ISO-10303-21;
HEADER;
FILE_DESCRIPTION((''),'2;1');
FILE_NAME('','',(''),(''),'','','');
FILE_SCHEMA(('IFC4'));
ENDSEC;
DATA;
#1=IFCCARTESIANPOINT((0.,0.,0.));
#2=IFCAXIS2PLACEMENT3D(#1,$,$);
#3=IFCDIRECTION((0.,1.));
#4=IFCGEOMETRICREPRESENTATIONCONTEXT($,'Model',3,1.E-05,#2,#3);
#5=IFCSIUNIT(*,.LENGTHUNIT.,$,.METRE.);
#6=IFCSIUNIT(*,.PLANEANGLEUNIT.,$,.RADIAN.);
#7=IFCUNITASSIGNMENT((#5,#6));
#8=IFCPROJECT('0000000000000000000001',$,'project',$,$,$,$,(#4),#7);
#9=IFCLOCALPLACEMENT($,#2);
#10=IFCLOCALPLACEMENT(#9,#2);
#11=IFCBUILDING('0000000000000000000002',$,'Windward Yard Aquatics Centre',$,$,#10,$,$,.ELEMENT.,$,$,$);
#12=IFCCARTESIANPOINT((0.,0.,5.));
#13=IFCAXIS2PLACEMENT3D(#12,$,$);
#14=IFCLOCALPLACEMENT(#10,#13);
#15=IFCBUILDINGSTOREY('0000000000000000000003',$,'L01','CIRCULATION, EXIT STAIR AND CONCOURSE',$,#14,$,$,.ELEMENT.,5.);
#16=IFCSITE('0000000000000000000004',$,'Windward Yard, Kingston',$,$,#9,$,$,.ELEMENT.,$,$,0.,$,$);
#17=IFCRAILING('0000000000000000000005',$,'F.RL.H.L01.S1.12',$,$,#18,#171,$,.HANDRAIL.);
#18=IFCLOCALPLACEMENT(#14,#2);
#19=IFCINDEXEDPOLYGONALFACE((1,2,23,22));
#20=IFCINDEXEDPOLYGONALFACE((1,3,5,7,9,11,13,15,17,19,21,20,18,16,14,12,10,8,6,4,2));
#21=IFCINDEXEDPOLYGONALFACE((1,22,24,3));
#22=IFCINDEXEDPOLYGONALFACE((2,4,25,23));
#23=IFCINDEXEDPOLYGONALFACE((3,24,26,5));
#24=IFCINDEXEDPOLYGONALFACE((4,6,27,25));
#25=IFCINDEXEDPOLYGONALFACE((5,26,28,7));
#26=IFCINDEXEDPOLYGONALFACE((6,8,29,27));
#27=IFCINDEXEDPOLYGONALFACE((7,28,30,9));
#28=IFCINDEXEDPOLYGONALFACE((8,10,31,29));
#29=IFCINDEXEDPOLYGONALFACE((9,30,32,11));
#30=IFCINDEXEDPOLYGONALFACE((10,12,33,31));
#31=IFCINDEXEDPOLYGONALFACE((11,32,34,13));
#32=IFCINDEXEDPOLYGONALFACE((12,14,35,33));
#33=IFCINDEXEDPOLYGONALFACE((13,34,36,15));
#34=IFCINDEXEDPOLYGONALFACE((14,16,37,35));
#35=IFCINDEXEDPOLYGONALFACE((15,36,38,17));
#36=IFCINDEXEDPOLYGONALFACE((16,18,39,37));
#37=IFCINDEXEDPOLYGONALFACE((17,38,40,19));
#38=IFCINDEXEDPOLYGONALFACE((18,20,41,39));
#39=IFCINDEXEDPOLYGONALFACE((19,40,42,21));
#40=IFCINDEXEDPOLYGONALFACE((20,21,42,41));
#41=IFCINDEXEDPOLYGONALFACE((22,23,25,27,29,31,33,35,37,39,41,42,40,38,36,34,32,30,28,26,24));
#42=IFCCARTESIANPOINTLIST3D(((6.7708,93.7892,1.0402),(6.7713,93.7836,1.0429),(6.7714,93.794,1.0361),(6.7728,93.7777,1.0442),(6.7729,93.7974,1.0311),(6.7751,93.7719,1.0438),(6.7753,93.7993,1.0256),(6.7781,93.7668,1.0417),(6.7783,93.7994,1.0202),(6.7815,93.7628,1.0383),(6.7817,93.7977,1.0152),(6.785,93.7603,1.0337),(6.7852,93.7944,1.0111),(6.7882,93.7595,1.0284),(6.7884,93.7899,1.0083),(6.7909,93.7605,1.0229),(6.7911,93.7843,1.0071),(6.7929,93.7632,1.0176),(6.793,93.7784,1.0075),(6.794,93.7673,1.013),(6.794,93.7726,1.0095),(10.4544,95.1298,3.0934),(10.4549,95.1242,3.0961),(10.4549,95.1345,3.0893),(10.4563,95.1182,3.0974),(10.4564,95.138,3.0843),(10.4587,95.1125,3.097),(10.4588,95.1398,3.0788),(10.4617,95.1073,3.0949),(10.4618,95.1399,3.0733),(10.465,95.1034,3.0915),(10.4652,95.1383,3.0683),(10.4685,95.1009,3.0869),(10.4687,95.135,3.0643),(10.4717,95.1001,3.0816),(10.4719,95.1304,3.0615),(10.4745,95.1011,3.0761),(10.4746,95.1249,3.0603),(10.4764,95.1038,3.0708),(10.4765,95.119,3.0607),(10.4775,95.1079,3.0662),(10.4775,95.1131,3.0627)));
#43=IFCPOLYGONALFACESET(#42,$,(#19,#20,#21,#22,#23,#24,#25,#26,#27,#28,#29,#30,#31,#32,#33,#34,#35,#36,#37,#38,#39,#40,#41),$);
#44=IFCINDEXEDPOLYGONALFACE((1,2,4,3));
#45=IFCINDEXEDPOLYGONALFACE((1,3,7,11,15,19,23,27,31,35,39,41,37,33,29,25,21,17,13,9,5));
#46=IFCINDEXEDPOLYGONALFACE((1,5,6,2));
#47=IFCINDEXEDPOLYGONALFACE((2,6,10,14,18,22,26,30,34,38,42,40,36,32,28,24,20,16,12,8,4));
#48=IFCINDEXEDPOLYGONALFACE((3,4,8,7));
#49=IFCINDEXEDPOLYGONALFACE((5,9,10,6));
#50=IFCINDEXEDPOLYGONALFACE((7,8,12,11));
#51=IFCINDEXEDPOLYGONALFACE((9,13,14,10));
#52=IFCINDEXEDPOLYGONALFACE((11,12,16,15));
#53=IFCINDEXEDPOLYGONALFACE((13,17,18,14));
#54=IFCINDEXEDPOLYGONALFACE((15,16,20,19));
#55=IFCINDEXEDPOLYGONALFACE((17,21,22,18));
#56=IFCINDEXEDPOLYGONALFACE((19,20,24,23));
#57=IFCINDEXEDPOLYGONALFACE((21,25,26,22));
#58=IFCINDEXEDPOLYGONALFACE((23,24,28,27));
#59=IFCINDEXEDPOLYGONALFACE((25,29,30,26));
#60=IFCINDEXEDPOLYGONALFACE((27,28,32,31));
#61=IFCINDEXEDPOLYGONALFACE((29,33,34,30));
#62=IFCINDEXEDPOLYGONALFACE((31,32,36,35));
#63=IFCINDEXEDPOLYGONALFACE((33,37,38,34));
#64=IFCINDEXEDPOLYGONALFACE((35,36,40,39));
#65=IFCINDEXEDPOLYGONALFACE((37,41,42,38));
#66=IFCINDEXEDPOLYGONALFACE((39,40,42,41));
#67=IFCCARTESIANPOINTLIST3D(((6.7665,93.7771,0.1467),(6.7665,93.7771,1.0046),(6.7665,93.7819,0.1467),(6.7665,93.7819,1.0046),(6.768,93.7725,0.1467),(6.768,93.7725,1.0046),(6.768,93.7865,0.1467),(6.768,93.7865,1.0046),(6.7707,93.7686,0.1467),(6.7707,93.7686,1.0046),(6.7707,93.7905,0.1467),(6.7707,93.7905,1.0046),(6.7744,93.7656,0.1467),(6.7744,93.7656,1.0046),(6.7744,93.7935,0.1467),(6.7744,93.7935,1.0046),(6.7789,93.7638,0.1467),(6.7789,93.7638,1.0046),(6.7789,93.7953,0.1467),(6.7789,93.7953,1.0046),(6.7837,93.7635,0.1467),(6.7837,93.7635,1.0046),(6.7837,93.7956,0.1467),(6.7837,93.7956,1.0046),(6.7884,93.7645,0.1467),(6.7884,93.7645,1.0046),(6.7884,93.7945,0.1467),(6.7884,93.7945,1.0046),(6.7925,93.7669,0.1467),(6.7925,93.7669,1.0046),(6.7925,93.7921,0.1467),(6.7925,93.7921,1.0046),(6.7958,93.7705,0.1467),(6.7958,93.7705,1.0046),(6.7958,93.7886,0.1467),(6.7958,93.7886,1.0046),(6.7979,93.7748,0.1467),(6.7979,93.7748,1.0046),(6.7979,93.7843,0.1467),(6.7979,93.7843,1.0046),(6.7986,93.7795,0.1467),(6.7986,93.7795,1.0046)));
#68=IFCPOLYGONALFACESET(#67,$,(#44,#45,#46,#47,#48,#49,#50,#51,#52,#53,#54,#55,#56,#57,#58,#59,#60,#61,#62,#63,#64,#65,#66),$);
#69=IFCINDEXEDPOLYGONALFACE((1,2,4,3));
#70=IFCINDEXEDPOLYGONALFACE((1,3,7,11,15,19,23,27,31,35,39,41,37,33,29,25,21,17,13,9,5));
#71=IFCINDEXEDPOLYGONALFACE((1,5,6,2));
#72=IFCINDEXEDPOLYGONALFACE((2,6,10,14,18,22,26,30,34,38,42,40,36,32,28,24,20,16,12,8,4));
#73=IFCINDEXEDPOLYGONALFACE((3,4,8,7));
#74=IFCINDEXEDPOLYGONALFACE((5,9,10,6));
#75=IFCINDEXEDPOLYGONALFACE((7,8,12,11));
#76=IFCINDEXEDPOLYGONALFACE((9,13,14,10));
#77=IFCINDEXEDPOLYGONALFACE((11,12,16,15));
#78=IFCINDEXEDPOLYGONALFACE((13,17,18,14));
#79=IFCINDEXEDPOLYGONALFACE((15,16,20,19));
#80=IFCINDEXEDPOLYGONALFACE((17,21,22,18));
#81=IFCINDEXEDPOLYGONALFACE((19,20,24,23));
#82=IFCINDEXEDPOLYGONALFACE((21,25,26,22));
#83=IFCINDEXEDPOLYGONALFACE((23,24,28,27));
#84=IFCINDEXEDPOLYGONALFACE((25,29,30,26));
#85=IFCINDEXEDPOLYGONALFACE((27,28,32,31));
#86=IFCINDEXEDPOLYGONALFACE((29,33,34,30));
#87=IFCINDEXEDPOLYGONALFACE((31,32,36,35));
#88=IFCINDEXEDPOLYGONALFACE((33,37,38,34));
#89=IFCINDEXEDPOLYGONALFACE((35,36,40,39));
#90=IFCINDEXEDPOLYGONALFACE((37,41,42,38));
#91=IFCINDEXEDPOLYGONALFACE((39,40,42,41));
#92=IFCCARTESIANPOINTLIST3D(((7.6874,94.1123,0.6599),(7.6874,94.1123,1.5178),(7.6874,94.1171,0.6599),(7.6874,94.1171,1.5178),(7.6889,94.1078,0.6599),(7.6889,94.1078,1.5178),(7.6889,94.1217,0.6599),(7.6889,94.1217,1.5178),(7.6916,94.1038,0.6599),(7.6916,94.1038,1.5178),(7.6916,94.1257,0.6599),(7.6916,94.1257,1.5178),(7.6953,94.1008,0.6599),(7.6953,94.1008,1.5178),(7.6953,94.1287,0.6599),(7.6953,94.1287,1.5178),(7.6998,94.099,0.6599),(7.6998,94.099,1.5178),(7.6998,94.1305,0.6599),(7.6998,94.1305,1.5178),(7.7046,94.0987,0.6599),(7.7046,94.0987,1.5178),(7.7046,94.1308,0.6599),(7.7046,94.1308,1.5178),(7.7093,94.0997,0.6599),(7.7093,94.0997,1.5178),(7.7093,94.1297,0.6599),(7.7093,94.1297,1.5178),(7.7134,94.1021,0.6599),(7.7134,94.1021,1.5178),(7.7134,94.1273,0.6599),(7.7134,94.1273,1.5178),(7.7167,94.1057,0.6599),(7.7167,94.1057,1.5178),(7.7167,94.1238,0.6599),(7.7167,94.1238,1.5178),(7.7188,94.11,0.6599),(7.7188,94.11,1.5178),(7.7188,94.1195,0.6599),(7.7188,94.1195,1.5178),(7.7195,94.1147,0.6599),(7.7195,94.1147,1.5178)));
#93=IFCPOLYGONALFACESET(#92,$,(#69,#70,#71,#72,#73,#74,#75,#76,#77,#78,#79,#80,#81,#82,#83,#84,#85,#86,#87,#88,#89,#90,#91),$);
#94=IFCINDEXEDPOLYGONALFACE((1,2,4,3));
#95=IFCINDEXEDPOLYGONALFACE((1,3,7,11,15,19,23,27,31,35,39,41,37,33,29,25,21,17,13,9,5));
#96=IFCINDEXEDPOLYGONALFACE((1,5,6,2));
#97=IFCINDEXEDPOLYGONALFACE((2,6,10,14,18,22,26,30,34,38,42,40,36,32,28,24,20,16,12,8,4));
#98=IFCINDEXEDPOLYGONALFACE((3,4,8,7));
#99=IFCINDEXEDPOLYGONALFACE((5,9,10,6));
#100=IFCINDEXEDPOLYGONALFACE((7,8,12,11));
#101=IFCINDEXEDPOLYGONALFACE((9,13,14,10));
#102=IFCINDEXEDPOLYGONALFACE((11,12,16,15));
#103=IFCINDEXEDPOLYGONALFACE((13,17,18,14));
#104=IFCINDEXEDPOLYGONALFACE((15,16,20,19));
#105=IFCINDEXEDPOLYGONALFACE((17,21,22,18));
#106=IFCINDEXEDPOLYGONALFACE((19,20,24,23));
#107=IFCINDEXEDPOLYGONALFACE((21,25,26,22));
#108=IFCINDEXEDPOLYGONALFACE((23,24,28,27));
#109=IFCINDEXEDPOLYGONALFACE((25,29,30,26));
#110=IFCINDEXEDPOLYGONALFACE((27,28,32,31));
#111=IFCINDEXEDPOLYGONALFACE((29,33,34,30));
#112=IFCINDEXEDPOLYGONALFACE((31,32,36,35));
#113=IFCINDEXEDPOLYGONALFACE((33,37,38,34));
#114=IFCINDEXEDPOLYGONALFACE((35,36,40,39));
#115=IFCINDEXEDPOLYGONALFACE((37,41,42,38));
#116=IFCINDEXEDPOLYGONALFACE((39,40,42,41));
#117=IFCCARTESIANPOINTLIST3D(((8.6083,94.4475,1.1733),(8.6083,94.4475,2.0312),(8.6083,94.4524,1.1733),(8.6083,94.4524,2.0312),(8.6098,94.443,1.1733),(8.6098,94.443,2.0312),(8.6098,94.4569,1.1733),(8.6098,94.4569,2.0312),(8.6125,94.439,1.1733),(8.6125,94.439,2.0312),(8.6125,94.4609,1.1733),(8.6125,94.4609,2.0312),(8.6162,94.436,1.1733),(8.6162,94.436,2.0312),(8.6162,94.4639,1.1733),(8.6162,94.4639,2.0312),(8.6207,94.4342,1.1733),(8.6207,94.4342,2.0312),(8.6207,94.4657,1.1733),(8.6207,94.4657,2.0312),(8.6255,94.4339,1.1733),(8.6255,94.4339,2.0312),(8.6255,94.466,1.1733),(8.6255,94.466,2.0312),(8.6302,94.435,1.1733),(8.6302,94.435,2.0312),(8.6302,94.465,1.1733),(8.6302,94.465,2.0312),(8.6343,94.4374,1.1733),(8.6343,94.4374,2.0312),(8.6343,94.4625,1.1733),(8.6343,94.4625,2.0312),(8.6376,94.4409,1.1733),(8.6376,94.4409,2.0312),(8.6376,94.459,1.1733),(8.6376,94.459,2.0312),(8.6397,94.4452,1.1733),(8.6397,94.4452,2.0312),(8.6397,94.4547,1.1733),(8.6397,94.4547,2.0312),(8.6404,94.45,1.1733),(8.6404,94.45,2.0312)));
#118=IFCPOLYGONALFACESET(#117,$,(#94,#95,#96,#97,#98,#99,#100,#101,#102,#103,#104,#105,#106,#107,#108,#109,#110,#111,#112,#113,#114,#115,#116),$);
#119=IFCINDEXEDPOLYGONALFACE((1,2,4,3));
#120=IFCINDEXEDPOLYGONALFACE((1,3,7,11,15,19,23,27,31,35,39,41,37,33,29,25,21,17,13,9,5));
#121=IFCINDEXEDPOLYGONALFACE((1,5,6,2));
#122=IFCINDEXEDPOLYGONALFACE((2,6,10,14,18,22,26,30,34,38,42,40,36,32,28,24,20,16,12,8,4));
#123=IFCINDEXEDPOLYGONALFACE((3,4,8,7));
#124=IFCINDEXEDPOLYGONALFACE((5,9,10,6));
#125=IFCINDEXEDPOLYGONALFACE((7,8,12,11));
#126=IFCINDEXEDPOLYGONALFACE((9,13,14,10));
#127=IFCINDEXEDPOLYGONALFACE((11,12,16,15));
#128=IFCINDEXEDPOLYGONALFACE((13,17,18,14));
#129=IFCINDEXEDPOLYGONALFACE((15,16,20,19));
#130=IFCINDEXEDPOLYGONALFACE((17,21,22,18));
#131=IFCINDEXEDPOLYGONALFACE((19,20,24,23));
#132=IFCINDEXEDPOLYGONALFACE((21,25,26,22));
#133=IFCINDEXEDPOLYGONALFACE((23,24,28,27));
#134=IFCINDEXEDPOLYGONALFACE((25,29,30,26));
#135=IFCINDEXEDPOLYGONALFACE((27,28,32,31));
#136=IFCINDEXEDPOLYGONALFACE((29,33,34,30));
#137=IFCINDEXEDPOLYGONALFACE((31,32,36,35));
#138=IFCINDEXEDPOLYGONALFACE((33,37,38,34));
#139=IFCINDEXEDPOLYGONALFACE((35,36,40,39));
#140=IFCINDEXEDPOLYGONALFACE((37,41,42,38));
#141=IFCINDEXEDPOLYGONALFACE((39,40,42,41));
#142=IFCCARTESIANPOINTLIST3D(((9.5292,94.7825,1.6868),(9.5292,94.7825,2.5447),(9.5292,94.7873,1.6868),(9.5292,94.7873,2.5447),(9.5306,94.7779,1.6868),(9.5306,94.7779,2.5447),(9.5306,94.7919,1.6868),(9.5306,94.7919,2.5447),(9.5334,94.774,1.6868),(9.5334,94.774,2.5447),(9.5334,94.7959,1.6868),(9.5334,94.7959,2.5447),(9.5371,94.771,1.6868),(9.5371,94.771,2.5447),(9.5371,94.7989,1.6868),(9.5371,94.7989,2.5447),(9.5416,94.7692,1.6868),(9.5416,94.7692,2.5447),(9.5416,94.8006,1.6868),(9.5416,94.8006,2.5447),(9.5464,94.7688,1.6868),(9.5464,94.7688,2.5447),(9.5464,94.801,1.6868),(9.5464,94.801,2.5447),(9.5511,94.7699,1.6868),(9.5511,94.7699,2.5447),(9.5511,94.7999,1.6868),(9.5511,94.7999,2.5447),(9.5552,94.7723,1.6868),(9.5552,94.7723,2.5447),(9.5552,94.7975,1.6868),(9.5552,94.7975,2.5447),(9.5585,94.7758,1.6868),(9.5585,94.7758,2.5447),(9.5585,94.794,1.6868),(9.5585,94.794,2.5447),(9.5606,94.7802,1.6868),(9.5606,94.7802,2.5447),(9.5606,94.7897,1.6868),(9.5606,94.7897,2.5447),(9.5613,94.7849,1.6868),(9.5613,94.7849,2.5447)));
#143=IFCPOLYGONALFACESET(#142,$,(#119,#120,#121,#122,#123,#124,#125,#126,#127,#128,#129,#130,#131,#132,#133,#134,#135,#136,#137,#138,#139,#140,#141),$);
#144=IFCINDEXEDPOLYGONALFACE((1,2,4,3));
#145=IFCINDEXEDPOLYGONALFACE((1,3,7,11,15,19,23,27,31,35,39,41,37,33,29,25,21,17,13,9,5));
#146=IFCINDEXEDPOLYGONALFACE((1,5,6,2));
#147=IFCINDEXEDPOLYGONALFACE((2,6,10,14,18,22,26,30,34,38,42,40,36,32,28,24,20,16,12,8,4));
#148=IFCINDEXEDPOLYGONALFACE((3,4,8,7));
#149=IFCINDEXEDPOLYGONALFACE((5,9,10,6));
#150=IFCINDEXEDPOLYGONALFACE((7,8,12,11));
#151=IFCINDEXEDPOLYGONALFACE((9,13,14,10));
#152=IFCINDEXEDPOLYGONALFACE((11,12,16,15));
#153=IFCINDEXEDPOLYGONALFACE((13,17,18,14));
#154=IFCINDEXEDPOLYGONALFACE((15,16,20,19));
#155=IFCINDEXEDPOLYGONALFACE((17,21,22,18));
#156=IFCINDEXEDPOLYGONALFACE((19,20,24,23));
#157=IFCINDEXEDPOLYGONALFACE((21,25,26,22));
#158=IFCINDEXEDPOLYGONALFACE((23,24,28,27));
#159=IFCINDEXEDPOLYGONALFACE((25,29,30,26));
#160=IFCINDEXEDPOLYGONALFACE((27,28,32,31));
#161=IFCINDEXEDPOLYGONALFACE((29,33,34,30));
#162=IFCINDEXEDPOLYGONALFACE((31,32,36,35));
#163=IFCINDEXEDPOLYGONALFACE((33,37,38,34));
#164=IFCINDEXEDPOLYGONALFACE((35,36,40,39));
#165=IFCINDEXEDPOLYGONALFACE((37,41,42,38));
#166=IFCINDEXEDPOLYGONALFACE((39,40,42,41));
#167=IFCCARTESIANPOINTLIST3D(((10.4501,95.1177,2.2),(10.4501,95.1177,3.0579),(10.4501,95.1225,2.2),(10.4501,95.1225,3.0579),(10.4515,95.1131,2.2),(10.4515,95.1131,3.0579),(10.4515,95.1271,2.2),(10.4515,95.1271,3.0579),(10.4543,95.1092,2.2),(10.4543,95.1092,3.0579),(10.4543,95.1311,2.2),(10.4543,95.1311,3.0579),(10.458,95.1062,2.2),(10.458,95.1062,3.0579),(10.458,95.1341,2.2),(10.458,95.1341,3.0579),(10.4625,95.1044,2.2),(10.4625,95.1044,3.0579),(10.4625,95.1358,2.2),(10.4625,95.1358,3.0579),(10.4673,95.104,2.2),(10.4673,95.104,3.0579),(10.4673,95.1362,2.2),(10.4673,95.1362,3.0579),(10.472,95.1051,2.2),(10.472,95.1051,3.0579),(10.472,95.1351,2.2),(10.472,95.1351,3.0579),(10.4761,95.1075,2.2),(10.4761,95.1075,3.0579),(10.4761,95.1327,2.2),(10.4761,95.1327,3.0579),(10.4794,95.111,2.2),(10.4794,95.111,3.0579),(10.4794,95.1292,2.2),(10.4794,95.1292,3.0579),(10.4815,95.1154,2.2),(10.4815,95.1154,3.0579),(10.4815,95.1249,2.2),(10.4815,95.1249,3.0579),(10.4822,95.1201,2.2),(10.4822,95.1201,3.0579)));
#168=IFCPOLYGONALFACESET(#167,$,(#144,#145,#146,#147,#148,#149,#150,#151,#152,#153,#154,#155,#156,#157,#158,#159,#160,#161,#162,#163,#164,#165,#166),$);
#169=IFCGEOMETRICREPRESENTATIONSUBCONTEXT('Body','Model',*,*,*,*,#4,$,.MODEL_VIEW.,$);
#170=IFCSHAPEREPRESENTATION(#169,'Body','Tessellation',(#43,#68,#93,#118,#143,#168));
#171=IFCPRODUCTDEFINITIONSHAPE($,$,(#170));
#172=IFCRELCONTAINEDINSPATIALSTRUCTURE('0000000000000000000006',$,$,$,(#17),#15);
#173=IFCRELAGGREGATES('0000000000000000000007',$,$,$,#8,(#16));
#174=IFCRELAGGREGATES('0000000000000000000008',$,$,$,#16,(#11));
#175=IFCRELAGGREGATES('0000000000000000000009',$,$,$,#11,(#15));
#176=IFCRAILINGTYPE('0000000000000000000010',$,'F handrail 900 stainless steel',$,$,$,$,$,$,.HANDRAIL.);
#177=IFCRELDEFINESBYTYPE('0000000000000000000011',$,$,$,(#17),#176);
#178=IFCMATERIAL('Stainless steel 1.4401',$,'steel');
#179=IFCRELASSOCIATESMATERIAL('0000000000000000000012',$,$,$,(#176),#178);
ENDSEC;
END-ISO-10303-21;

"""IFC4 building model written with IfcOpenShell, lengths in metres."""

from ifc_helpers import new_model, si_unit, direction, frame, origin, origin_2d, place, context, subcontext, project, spatial, circle, extrude, material, type_object, element, save


model = new_model("IFC4")

# Units and contexts
model_context = context("Model", 3, precision=1e-05, world=origin(), true_north=direction((0.0, 1.0)))
body_context = subcontext(model_context, "Body", "Model", "MODEL_VIEW")
ifc_project = project(units=[si_unit("LENGTHUNIT", "METRE"), si_unit("PLANEANGLEUNIT", "RADIAN")], contexts=[model_context])

# Site, building, storey
site_placement = place(None, origin())
site = spatial("IfcSite", under=ifc_project, at=site_placement, Name="Windward Yard, Kingston", CompositionType="ELEMENT", RefElevation=0.0)
building_placement = place(site_placement, origin())
building = spatial("IfcBuilding", under=site, at=building_placement, Name="Windward Yard Aquatics Centre", CompositionType="ELEMENT")
storey_placement = place(building_placement, frame((0.0, 0.0, 5.0)))
storey = spatial("IfcBuildingStorey", under=building, at=storey_placement, Name="L01", Description="CIRCULATION, EXIT STAIR AND CONCOURSE", CompositionType="ELEMENT", Elevation=5.0)

# Railing
ifc_material_1 = material(Name="Stainless steel 1.4401", Category="steel")
railing_type = type_object("IfcRailingType", Name="F handrail 900 stainless steel", PredefinedType="HANDRAIL", material=ifc_material_1)
railing_1_placement = place(storey_placement, frame((6.7825, 93.7795, 0.1467)))
element("IfcRailing", 1, at=railing_1_placement, inside=storey, type_object=railing_type, Name="F.RL.H.L01.S1.12", PredefinedType="HANDRAIL", context=body_context, shape_type="SweptSolid", body=[
    extrude(circle(Radius=0.021, at=origin_2d()), frame((0.0, 0.0, 0.8789), z_axis=(0.832427, 0.302947, 0.463992), x_axis=(-0.341988, 0.939704, 0.0)), (0.0, 0.0, 1.0), 4.425),
    extrude(circle(Radius=0.0161, at=origin_2d()), origin(), (0.0, 0.0, 1.0), 0.8579),
    extrude(circle(Radius=0.0161, at=origin_2d()), frame((0.9209, 0.3352, 0.5132)), (0.0, 0.0, 1.0), 0.8579),
    extrude(circle(Radius=0.0161, at=origin_2d()), frame((1.8418, 0.6704, 1.0266)), (0.0, 0.0, 1.0), 0.8579),
    extrude(circle(Radius=0.0161, at=origin_2d()), frame((2.7627, 1.0054, 1.54)), (0.0, 0.0, 1.0), 0.8579),
    extrude(circle(Radius=0.0161, at=origin_2d()), frame((3.6836, 1.3406, 2.0532)), (0.0, 0.0, 1.0), 0.8579),
])

save(model, "model.ifc")
